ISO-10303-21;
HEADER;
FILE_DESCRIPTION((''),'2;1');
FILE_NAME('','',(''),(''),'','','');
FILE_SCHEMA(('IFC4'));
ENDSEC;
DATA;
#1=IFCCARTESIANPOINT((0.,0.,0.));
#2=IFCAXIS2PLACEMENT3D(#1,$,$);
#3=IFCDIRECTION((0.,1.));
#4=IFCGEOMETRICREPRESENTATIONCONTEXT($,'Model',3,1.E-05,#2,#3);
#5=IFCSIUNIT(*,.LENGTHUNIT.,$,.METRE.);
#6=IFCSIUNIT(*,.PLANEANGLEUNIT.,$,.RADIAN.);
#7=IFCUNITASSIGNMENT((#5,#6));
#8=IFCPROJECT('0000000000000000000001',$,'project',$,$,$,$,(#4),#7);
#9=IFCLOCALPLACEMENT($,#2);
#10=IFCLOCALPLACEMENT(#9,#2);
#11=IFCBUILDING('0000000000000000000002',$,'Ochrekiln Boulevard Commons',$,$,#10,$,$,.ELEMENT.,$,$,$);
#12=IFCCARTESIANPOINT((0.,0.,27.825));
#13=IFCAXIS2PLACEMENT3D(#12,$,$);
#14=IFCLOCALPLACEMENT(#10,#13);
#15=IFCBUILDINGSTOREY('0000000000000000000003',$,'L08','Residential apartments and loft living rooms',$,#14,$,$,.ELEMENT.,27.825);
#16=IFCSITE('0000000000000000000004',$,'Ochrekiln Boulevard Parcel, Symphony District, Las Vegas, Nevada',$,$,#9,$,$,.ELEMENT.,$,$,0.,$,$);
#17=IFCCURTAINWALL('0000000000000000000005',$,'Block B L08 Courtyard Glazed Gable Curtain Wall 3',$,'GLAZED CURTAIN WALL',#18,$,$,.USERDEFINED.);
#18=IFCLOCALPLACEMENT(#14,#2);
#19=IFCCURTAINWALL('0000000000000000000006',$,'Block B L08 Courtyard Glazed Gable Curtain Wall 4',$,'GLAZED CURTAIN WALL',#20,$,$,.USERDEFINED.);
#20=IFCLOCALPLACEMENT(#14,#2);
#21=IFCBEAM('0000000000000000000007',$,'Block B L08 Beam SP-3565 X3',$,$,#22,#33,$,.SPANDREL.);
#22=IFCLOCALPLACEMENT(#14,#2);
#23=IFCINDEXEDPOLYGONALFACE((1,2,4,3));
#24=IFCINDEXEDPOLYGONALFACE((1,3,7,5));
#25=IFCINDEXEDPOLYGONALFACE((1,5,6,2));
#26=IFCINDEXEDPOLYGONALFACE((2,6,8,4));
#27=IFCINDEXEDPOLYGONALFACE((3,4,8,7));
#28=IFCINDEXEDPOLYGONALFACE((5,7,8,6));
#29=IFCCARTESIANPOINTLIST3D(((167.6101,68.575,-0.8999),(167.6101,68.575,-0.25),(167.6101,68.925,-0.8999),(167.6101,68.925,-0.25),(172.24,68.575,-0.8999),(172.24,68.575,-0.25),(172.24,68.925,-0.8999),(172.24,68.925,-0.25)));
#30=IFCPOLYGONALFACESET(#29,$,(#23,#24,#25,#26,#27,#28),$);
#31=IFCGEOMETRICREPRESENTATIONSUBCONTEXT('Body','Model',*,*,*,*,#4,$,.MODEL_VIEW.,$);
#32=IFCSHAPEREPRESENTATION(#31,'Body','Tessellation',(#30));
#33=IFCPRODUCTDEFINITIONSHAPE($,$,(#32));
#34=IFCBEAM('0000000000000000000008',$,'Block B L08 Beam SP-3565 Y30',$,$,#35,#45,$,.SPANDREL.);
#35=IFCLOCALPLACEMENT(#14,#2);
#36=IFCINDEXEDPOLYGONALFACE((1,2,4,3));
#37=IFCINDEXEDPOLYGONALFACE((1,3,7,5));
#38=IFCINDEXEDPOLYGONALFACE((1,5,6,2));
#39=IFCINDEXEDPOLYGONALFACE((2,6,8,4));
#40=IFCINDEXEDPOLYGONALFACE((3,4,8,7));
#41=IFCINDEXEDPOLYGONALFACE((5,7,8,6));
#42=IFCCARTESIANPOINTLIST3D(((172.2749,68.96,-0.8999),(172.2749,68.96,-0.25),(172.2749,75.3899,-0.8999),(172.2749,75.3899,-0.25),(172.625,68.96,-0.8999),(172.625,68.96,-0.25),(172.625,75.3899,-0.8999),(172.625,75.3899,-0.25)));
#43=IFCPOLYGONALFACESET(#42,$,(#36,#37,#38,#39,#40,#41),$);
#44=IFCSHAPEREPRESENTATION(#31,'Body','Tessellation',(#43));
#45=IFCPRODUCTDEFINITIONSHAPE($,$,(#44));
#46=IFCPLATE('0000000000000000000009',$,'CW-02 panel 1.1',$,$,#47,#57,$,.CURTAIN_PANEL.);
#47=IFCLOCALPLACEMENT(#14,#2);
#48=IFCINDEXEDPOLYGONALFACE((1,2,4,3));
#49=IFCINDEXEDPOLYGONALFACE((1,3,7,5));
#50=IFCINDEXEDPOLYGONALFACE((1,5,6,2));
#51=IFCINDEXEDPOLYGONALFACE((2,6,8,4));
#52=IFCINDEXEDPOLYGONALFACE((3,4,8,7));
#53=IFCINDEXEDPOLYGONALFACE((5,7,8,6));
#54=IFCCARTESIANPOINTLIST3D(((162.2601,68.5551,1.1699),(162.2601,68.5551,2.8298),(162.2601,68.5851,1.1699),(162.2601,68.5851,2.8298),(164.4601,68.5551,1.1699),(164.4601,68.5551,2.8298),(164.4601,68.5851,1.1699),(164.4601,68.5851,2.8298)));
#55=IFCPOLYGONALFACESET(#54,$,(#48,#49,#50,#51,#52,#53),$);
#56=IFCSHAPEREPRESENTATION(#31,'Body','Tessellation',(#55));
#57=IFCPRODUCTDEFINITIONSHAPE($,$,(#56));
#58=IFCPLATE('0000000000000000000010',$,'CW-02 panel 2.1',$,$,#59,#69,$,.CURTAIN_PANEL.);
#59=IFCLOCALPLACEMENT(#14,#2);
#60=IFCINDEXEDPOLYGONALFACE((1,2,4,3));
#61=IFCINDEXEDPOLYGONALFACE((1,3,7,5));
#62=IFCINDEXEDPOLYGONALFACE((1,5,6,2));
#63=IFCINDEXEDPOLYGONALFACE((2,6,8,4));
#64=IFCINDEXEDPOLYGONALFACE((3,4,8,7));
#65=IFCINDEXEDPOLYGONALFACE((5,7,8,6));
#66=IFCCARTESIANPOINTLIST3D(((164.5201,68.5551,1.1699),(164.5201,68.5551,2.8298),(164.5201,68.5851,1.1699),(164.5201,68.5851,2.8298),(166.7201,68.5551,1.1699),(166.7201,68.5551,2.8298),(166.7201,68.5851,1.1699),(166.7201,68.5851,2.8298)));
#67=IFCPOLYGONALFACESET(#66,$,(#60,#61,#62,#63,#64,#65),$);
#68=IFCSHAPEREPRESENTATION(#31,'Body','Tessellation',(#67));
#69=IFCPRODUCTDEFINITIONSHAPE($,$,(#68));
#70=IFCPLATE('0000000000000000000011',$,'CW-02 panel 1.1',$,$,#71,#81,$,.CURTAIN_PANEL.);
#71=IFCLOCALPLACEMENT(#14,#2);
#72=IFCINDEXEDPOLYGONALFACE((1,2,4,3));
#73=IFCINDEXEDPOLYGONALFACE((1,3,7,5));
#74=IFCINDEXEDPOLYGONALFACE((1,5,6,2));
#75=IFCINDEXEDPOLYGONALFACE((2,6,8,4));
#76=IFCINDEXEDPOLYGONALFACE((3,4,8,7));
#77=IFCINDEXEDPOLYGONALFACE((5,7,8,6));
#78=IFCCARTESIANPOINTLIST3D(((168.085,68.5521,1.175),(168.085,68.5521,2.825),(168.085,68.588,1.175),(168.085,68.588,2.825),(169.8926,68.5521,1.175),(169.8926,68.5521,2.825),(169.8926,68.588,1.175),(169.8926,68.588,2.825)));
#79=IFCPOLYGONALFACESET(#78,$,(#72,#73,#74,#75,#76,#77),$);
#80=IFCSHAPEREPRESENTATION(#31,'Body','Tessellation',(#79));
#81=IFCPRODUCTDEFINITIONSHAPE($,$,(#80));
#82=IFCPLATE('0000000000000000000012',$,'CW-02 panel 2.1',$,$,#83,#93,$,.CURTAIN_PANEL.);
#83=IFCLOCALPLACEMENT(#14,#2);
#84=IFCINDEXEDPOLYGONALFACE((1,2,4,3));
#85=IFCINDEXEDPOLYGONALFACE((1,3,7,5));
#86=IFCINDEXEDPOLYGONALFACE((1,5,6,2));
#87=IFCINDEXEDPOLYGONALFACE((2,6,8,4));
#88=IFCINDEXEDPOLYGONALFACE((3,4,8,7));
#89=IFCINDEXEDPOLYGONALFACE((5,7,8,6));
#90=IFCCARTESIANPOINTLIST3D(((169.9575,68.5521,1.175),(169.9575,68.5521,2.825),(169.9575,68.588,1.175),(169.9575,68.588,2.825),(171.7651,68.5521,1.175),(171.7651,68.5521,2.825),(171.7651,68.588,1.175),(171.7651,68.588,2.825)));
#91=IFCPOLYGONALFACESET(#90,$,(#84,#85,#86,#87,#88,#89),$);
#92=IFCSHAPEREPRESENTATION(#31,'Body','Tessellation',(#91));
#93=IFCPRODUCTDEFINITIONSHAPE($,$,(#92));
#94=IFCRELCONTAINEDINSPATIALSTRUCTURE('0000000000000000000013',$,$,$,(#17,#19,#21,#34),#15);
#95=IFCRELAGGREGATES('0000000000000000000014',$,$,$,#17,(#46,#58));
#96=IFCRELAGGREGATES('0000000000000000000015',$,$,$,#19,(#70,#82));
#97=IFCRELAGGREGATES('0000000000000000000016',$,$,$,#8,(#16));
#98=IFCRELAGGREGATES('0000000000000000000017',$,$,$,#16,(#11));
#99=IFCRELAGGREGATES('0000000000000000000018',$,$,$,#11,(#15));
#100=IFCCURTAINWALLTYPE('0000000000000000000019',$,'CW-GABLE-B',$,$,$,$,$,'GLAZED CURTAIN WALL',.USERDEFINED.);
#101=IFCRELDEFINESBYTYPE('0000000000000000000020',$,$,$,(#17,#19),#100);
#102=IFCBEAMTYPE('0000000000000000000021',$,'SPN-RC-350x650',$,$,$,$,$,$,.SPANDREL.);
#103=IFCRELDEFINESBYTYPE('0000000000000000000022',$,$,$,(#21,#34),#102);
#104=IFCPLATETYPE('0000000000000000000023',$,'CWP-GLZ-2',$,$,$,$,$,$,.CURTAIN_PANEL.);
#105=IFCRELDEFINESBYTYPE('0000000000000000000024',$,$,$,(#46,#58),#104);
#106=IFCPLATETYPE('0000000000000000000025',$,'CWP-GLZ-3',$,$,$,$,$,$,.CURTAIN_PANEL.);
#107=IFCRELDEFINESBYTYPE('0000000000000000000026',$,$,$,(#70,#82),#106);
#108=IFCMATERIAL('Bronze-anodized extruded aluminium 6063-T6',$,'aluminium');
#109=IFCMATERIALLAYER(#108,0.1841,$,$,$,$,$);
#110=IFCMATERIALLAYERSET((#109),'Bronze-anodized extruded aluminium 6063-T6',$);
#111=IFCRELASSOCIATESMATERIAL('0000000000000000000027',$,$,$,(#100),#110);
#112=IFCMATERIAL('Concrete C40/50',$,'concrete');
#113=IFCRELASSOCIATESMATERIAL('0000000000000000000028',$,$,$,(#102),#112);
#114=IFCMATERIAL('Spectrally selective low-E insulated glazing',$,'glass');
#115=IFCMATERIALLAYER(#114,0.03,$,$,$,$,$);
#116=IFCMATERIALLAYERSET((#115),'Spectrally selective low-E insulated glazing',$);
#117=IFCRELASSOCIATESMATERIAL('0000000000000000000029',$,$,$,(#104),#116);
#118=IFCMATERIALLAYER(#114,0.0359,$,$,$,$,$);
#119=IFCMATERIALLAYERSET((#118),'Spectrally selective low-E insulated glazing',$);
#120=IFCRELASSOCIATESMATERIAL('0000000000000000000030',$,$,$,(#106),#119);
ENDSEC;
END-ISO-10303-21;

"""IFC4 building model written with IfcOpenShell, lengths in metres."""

from ifc_helpers import new_model, si_unit, direction, frame, origin, origin_2d, place, context, subcontext, project, spatial, rectangle, extrude, material, layer, layer_set, material_profile, profile_set, type_object, element, aggregate, save


model = new_model("IFC4")

# Units and contexts
model_context = context("Model", 3, precision=1e-05, world=origin(), true_north=direction((0.0, 1.0)))
body_context = subcontext(model_context, "Body", "Model", "MODEL_VIEW")
ifc_project = project(units=[si_unit("LENGTHUNIT", "METRE"), si_unit("PLANEANGLEUNIT", "RADIAN")], contexts=[model_context])

# Site, building, storey
site_placement = place(None, origin())
site = spatial("IfcSite", under=ifc_project, at=site_placement, Name="Ochrekiln Boulevard Parcel, Symphony District, Las Vegas, Nevada", CompositionType="ELEMENT", RefElevation=0.0)
building_placement = place(site_placement, origin())
building = spatial("IfcBuilding", under=site, at=building_placement, Name="Ochrekiln Boulevard Commons", CompositionType="ELEMENT")
storey_placement = place(building_placement, frame((0.0, 0.0, 27.825)))
storey = spatial("IfcBuildingStorey", under=building, at=storey_placement, Name="L08", Description="Residential apartments and loft living rooms", CompositionType="ELEMENT", Elevation=27.825)

# Shared definitions
ifc_material_1 = material(Name="Concrete C40/50", Category="concrete")

# Curtain walls
ifc_material_2 = material(Name="Bronze-anodized extruded aluminium 6063-T6", Category="aluminium")
ifc_layer_1 = layer(ifc_material_2, 0.1841)
ifc_layer_set_1 = layer_set([ifc_layer_1], Name="Bronze-anodized extruded aluminium 6063-T6")
curtain_wall_type = type_object("IfcCurtainWallType", Name="CW-GABLE-B", ElementType="GLAZED CURTAIN WALL", PredefinedType="USERDEFINED", material=ifc_layer_set_1)
curtain_wall_1_placement = place(storey_placement, origin())
curtain_wall_1 = element("IfcCurtainWall", 1, at=curtain_wall_1_placement, inside=storey, type_object=curtain_wall_type, Name="Block B L08 Courtyard Glazed Gable Curtain Wall 3", ObjectType="GLAZED CURTAIN WALL", PredefinedType="USERDEFINED")
curtain_wall_2_placement = place(storey_placement, origin())
curtain_wall_2 = element("IfcCurtainWall", 2, at=curtain_wall_2_placement, inside=storey, type_object=curtain_wall_type, Name="Block B L08 Courtyard Glazed Gable Curtain Wall 4", ObjectType="GLAZED CURTAIN WALL", PredefinedType="USERDEFINED")

# Beams
ifc_material_profile_1 = material_profile(ifc_material_1, rectangle(XDim=0.3501, YDim=0.6499, at=origin_2d()), Name="RC-SPN-350x650")
ifc_profile_set_1 = profile_set([ifc_material_profile_1], Name="Concrete C40/50")
beam_type = type_object("IfcBeamType", Name="SPN-RC-350x650", PredefinedType="SPANDREL", material=ifc_profile_set_1)
beam_1_placement = place(storey_placement, frame((167.6101, 68.75, -0.575), z_axis=(1.0, 0.0, 0.0), x_axis=(0.0, 1.0, 0.0)))
element("IfcBeam", 3, at=beam_1_placement, inside=storey, type_object=beam_type, Name="Block B L08 Beam SP-3565 X3", PredefinedType="SPANDREL", context=body_context, shape_type="SweptSolid", body=[
    extrude(rectangle(XDim=0.3501, YDim=0.6499, at=origin_2d()), origin(), (0.0, 0.0, 1.0), 4.6299),
])
beam_2_placement = place(storey_placement, frame((172.45, 68.96, -0.575), z_axis=(0.0, 1.0, 0.0), x_axis=(-1.0, 0.0, 0.0)))
element("IfcBeam", 4, at=beam_2_placement, inside=storey, type_object=beam_type, Name="Block B L08 Beam SP-3565 Y30", PredefinedType="SPANDREL", context=body_context, shape_type="SweptSolid", body=[
    extrude(rectangle(XDim=0.3501, YDim=0.6499, at=origin_2d()), origin(), (0.0, 0.0, 1.0), 6.4299),
])

# Plates
ifc_material_3 = material(Name="Spectrally selective low-E insulated glazing", Category="glass")
ifc_layer_2 = layer(ifc_material_3, 0.03)
ifc_layer_set_2 = layer_set([ifc_layer_2], Name="Spectrally selective low-E insulated glazing")
plate_type_1 = type_object("IfcPlateType", Name="CWP-GLZ-2", PredefinedType="CURTAIN_PANEL", material=ifc_layer_set_2)
plate_1_placement = place(storey_placement, frame((163.3601, 68.5701, 1.1699), z_axis=(0.0, 0.0, 1.0), x_axis=(1.0, 0.0, 0.0)))
plate_1 = element("IfcPlate", 5, at=plate_1_placement, type_object=plate_type_1, Name="CW-02 panel 1.1", PredefinedType="CURTAIN_PANEL", context=body_context, shape_type="SweptSolid", body=[
    extrude(rectangle(XDim=2.2, YDim=0.03, at=origin_2d()), origin(), (0.0, 0.0, 1.0), 1.6599),
])
plate_2_placement = place(storey_placement, frame((165.6201, 68.5701, 1.1699), z_axis=(0.0, 0.0, 1.0), x_axis=(1.0, 0.0, 0.0)))
plate_2 = element("IfcPlate", 6, at=plate_2_placement, type_object=plate_type_1, Name="CW-02 panel 2.1", PredefinedType="CURTAIN_PANEL", context=body_context, shape_type="SweptSolid", body=[
    extrude(rectangle(XDim=2.2, YDim=0.03, at=origin_2d()), origin(), (0.0, 0.0, 1.0), 1.6599),
])
aggregate(curtain_wall_1, [plate_1, plate_2])
ifc_layer_3 = layer(ifc_material_3, 0.0359)
ifc_layer_set_3 = layer_set([ifc_layer_3], Name="Spectrally selective low-E insulated glazing")
plate_type_2 = type_object("IfcPlateType", Name="CWP-GLZ-3", PredefinedType="CURTAIN_PANEL", material=ifc_layer_set_3)
plate_3_placement = place(storey_placement, frame((168.9888, 68.5701, 1.175), z_axis=(0.0, 0.0, 1.0), x_axis=(1.0, 0.0, 0.0)))
plate_3 = element("IfcPlate", 7, at=plate_3_placement, type_object=plate_type_2, Name="CW-02 panel 1.1", PredefinedType="CURTAIN_PANEL", context=body_context, shape_type="SweptSolid", body=[
    extrude(rectangle(XDim=1.8076, YDim=0.0359, at=origin_2d()), origin(), (0.0, 0.0, 1.0), 1.6499),
])
plate_4_placement = place(storey_placement, frame((170.8613, 68.5701, 1.175), z_axis=(0.0, 0.0, 1.0), x_axis=(1.0, 0.0, 0.0)))
plate_4 = element("IfcPlate", 8, at=plate_4_placement, type_object=plate_type_2, Name="CW-02 panel 2.1", PredefinedType="CURTAIN_PANEL", context=body_context, shape_type="SweptSolid", body=[
    extrude(rectangle(XDim=1.8076, YDim=0.0359, at=origin_2d()), origin(), (0.0, 0.0, 1.0), 1.6499),
])
aggregate(curtain_wall_2, [plate_3, plate_4])

save(model, "model.ifc")
